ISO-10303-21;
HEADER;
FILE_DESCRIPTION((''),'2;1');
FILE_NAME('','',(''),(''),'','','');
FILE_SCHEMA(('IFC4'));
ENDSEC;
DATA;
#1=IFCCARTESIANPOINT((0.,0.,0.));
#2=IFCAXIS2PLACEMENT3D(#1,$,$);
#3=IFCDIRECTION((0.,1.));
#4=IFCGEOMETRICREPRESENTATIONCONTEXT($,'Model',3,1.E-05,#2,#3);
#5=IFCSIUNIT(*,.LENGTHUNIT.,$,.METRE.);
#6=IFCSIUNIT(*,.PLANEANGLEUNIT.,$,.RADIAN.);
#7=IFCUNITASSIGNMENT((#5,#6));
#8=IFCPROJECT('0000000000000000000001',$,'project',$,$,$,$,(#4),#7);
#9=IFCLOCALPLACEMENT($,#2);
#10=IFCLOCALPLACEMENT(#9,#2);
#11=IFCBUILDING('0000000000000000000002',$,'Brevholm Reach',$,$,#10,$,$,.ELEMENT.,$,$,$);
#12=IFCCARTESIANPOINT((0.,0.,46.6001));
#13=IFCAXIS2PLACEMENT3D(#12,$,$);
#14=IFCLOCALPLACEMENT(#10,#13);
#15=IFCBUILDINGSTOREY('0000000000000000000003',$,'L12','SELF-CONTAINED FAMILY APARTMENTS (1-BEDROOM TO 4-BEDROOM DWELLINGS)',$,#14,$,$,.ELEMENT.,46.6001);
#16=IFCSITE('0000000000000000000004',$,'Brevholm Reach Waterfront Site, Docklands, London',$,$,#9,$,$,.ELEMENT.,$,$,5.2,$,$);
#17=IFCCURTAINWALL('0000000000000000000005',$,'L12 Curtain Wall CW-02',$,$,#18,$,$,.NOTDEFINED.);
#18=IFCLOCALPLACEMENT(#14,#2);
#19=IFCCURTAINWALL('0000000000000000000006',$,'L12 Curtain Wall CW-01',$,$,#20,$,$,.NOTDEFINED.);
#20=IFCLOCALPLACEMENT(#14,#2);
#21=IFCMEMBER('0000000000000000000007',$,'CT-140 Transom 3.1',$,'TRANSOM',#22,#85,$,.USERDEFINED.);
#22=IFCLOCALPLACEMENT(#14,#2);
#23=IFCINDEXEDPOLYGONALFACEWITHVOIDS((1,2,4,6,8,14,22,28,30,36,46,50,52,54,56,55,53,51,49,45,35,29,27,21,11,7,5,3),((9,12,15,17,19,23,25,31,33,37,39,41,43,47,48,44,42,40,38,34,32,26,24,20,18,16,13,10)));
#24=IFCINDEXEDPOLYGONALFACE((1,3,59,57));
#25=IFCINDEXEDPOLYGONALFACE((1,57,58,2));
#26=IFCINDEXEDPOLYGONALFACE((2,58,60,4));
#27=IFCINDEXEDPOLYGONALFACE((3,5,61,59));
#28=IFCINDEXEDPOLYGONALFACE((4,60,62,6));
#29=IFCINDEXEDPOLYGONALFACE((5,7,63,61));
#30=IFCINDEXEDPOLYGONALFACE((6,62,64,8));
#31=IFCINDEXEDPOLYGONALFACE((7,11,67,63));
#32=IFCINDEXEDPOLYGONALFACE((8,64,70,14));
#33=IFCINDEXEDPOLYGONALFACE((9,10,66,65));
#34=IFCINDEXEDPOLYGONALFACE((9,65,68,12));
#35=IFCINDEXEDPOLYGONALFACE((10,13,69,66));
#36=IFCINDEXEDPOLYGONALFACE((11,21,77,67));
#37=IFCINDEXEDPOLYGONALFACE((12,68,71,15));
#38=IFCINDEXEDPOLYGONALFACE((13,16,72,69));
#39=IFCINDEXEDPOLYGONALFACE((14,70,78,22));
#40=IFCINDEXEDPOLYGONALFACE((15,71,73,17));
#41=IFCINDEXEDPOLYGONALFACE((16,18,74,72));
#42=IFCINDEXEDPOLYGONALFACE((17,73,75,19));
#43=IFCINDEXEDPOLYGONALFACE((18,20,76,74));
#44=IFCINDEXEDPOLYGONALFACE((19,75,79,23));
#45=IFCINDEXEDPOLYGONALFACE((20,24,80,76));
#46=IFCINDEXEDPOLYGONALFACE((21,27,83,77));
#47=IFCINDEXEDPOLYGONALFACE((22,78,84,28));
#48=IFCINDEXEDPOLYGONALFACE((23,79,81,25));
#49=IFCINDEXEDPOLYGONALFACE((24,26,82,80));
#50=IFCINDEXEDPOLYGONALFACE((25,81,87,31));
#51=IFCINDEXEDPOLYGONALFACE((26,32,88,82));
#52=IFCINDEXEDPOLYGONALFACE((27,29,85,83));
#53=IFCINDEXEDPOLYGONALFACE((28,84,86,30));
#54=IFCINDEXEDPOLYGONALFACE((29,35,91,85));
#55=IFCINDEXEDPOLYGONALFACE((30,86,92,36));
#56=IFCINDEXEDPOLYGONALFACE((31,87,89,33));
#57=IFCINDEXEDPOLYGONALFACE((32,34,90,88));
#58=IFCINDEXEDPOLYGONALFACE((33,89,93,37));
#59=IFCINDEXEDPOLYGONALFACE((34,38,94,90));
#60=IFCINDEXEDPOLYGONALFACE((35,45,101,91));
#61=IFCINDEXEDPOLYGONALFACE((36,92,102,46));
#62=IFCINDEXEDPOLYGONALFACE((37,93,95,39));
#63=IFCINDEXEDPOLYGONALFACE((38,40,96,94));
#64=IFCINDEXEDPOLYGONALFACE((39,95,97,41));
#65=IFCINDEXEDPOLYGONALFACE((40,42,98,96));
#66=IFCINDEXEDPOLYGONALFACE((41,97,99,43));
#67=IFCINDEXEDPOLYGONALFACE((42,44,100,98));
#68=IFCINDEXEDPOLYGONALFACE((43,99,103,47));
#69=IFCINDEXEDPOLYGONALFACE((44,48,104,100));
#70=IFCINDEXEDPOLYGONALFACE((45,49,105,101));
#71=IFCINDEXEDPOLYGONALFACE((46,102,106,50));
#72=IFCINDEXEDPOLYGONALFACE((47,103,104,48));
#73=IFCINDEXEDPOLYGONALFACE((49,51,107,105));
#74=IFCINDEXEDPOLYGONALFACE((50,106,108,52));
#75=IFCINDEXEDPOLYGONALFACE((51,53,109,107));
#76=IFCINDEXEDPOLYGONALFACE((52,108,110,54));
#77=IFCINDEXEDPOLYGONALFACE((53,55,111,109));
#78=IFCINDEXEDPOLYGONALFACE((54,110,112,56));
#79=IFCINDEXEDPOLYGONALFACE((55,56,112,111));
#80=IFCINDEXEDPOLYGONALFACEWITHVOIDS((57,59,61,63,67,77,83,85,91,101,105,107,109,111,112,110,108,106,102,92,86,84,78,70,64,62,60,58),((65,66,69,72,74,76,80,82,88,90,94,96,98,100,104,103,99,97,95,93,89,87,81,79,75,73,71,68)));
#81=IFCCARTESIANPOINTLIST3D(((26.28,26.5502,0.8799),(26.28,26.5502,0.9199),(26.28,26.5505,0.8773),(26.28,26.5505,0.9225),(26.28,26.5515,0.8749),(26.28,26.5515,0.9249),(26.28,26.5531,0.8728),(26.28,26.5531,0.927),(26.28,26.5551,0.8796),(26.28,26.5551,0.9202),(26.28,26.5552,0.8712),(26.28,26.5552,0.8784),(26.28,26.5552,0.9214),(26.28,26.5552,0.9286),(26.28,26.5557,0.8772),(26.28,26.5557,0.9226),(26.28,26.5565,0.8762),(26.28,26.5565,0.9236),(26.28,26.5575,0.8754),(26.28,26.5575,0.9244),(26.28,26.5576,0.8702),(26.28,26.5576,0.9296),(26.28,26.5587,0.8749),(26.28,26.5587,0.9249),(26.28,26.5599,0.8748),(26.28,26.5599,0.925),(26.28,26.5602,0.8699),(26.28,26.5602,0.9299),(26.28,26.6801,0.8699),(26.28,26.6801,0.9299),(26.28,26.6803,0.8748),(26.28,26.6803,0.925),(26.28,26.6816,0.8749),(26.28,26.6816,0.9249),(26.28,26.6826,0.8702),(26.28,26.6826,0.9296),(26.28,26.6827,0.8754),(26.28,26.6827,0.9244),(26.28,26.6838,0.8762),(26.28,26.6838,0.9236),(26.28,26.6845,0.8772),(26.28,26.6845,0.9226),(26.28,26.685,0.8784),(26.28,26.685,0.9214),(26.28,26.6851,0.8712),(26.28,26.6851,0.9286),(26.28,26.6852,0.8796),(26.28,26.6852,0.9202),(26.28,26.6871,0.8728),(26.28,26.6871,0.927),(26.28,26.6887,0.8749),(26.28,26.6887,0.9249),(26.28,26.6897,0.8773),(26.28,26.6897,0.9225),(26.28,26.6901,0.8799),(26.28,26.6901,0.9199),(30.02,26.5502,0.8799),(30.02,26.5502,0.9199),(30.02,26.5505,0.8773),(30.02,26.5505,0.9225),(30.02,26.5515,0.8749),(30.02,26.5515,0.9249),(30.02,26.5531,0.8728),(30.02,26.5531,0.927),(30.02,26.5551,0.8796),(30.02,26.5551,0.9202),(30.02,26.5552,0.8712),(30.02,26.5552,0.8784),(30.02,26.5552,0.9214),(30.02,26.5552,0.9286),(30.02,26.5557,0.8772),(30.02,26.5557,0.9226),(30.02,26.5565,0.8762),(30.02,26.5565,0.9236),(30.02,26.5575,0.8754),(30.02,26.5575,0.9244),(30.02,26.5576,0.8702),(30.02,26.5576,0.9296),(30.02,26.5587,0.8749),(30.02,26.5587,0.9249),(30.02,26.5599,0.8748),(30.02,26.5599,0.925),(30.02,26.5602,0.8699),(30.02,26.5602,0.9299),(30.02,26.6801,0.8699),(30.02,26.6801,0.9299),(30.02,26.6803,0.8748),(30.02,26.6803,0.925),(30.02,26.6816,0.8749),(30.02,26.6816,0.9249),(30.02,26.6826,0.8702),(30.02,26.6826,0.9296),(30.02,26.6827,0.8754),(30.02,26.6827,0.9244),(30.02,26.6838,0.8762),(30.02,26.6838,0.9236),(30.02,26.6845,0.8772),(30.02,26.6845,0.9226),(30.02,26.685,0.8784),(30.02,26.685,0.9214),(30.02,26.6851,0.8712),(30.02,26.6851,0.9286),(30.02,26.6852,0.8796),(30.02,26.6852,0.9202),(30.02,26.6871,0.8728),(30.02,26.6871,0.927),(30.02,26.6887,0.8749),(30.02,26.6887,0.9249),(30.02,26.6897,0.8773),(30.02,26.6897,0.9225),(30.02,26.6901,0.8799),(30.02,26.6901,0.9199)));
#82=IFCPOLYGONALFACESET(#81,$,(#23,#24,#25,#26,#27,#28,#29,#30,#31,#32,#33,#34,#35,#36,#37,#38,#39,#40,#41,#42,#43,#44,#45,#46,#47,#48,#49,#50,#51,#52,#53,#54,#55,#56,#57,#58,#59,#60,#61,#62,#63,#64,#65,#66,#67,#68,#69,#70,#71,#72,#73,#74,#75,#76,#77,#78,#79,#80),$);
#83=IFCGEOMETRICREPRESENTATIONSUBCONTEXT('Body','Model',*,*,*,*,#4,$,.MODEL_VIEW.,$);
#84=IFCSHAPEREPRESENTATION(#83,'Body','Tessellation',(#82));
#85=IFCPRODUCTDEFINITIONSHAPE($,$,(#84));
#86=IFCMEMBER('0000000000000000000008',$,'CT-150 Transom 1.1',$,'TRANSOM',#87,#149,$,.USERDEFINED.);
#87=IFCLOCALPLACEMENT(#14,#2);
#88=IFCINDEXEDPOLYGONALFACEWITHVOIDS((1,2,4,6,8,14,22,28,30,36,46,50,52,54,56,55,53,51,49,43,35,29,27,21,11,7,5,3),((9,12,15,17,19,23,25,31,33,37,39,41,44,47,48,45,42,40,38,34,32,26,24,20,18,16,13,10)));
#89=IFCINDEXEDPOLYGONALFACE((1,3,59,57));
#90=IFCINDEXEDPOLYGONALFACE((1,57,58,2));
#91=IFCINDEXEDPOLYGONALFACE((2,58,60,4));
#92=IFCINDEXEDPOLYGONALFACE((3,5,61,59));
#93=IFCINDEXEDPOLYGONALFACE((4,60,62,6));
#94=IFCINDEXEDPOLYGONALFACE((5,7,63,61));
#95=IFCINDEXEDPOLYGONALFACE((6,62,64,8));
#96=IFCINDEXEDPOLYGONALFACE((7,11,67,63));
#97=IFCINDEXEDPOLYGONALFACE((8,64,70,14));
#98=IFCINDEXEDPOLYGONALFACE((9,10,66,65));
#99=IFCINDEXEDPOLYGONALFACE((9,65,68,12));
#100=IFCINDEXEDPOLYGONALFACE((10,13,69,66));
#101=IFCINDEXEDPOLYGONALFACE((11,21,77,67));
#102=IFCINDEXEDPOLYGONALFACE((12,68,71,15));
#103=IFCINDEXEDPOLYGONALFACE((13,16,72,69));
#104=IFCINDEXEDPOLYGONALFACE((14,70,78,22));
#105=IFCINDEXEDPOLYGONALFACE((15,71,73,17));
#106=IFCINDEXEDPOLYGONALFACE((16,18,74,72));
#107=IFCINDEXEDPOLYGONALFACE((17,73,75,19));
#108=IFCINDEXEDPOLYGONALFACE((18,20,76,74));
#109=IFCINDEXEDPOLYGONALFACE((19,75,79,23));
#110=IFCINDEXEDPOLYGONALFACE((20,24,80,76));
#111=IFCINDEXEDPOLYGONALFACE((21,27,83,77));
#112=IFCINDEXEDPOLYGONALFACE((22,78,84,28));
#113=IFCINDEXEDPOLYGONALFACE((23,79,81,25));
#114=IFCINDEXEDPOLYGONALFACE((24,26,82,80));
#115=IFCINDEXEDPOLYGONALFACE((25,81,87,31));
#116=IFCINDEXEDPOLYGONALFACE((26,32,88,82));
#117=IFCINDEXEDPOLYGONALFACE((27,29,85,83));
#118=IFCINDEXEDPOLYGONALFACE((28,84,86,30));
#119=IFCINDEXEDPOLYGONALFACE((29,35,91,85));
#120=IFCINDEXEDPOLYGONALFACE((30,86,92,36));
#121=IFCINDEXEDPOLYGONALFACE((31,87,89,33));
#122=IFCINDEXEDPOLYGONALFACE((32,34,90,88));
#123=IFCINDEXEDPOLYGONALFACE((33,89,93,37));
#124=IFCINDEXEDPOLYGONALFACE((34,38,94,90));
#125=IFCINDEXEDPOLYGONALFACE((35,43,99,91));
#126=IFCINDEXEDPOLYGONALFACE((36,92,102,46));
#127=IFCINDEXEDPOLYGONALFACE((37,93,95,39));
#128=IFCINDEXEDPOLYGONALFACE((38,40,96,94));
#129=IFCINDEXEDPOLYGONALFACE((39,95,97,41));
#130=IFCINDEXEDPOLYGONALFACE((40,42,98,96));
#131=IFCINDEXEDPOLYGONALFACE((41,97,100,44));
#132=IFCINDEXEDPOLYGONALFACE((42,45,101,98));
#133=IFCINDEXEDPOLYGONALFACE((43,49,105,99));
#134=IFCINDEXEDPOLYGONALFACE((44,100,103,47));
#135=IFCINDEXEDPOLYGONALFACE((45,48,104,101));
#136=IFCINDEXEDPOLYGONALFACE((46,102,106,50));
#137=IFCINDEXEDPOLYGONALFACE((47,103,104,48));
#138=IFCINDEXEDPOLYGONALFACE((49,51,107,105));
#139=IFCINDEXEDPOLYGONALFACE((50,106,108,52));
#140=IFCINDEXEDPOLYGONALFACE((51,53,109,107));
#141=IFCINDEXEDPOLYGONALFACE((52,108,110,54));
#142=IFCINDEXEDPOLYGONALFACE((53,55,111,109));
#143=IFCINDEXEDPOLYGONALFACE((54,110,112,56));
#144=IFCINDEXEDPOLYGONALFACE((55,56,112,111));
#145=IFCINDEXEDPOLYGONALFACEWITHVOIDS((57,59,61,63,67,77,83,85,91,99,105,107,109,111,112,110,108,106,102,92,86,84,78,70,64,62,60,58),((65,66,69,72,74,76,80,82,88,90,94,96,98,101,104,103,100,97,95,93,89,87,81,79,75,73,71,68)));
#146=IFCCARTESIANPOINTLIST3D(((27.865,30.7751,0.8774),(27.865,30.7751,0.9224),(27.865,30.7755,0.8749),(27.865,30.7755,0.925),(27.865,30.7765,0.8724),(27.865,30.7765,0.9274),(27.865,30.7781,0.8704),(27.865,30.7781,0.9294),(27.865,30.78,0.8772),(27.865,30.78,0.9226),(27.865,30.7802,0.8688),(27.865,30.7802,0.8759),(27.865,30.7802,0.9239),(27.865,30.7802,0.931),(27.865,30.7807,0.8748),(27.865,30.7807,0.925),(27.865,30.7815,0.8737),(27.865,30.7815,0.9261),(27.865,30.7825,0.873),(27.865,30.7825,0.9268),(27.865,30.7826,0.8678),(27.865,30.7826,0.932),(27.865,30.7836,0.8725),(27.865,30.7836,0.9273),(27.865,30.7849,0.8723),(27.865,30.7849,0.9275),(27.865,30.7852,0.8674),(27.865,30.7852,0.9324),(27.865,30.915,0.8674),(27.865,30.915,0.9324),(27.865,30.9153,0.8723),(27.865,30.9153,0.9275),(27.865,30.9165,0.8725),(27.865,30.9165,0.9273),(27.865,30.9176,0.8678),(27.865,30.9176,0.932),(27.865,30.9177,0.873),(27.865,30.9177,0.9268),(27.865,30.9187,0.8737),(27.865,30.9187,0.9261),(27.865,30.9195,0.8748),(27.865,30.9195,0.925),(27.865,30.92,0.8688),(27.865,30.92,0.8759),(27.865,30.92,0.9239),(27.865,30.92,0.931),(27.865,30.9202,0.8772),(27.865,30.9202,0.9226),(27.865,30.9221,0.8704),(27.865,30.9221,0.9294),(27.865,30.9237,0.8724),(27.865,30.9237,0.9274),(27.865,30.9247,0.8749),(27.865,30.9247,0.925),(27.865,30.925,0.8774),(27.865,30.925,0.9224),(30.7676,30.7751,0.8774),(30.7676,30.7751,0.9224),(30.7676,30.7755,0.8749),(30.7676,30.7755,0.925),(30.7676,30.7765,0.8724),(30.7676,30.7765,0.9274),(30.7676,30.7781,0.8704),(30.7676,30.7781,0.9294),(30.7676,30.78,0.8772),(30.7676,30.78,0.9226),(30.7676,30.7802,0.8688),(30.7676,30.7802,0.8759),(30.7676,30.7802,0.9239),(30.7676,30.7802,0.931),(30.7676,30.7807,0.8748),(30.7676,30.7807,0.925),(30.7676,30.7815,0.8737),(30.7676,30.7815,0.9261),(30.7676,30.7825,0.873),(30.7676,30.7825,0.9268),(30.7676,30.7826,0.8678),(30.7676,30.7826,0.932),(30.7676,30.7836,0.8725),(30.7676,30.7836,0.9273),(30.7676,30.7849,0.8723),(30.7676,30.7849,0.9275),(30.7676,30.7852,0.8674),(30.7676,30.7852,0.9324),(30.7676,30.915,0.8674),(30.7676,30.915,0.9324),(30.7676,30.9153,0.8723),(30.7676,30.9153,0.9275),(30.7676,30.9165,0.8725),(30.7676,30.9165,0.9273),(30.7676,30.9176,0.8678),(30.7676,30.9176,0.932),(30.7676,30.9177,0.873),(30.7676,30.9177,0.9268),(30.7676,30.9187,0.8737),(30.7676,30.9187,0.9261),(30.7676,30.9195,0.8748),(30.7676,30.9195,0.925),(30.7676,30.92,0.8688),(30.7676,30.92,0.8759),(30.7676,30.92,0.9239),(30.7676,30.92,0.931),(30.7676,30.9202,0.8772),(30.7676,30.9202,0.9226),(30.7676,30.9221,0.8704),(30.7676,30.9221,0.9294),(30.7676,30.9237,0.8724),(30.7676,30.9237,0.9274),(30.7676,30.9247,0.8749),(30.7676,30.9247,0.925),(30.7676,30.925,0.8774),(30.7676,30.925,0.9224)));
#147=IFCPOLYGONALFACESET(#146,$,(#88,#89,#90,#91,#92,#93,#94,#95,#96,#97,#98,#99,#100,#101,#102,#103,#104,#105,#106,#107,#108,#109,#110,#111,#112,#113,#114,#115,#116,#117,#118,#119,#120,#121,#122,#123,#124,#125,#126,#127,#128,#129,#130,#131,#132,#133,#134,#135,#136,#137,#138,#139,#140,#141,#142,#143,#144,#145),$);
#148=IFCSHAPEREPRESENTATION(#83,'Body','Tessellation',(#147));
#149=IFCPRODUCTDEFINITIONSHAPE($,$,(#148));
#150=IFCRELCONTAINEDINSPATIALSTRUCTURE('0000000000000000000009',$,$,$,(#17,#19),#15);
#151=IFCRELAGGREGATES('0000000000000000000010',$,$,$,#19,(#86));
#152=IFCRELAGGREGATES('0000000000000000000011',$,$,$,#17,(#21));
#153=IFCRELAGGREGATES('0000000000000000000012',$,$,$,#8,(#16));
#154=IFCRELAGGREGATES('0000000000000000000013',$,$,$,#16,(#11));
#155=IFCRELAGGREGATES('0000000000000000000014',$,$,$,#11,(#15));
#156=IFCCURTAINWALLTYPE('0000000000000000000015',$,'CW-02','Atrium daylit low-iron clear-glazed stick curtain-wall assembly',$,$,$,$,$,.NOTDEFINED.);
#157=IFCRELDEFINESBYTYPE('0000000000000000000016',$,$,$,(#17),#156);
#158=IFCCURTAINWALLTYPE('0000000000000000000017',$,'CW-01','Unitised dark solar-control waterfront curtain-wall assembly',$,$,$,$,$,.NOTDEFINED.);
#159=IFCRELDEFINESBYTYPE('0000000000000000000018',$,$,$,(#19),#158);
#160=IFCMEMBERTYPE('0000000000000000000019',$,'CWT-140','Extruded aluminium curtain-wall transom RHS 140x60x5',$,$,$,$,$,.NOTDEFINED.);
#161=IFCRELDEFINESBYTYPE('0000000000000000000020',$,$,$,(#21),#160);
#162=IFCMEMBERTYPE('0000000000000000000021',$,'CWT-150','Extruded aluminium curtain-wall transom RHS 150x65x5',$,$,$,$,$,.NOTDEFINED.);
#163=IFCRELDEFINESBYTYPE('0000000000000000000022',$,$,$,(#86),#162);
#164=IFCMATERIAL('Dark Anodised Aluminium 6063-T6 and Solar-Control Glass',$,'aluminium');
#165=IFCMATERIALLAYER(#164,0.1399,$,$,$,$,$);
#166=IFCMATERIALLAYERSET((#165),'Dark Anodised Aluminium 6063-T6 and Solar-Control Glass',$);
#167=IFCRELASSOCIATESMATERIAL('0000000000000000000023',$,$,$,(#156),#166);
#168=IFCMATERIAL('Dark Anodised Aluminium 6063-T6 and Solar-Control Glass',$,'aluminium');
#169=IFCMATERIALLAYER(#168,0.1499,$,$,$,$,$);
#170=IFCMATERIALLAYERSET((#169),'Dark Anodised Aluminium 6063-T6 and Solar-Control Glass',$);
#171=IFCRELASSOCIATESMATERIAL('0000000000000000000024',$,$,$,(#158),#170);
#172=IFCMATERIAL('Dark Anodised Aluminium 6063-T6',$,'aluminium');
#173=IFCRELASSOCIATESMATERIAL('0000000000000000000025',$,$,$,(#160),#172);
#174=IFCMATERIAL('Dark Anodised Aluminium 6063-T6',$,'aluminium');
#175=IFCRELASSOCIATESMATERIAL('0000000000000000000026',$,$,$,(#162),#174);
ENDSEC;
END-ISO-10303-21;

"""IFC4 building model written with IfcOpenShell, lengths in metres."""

from ifc_helpers import new_model, si_unit, direction, frame, origin, origin_2d, place, context, subcontext, project, spatial, hollow_rectangle, extrude, material, layer, layer_set, material_profile, profile_set, type_object, element, aggregate, save


model = new_model("IFC4")

# Units and contexts
model_context = context("Model", 3, precision=1e-05, world=origin(), true_north=direction((0.0, 1.0)))
body_context = subcontext(model_context, "Body", "Model", "MODEL_VIEW")
ifc_project = project(units=[si_unit("LENGTHUNIT", "METRE"), si_unit("PLANEANGLEUNIT", "RADIAN")], contexts=[model_context])

# Site, building, storey
site_placement = place(None, origin())
site = spatial("IfcSite", under=ifc_project, at=site_placement, Name="Brevholm Reach Waterfront Site, Docklands, London", CompositionType="ELEMENT", RefElevation=5.2)
building_placement = place(site_placement, origin())
building = spatial("IfcBuilding", under=site, at=building_placement, Name="Brevholm Reach", CompositionType="ELEMENT")
storey_placement = place(building_placement, frame((0.0, 0.0, 46.6001)))
storey = spatial("IfcBuildingStorey", under=building, at=storey_placement, Name="L12", Description="SELF-CONTAINED FAMILY APARTMENTS (1-BEDROOM TO 4-BEDROOM DWELLINGS)", CompositionType="ELEMENT", Elevation=46.6001)

# Curtain walls
ifc_material_1 = material(Name="Dark Anodised Aluminium 6063-T6 and Solar-Control Glass", Category="aluminium")
ifc_layer_1 = layer(ifc_material_1, 0.1399)
ifc_layer_set_1 = layer_set([ifc_layer_1], Name="Dark Anodised Aluminium 6063-T6 and Solar-Control Glass")
curtain_wall_type_1 = type_object("IfcCurtainWallType", Name="CW-02", Description="Atrium daylit low-iron clear-glazed stick curtain-wall assembly", PredefinedType="NOTDEFINED", material=ifc_layer_set_1)
curtain_wall_1_placement = place(storey_placement, origin())
curtain_wall_1 = element("IfcCurtainWall", 1, at=curtain_wall_1_placement, inside=storey, type_object=curtain_wall_type_1, Name="L12 Curtain Wall CW-02", PredefinedType="NOTDEFINED")
ifc_material_2 = material(Name="Dark Anodised Aluminium 6063-T6 and Solar-Control Glass", Category="aluminium")
ifc_layer_2 = layer(ifc_material_2, 0.1499)
ifc_layer_set_2 = layer_set([ifc_layer_2], Name="Dark Anodised Aluminium 6063-T6 and Solar-Control Glass")
curtain_wall_type_2 = type_object("IfcCurtainWallType", Name="CW-01", Description="Unitised dark solar-control waterfront curtain-wall assembly", PredefinedType="NOTDEFINED", material=ifc_layer_set_2)
curtain_wall_2_placement = place(storey_placement, origin())
curtain_wall_2 = element("IfcCurtainWall", 2, at=curtain_wall_2_placement, inside=storey, type_object=curtain_wall_type_2, Name="L12 Curtain Wall CW-01", PredefinedType="NOTDEFINED")

# Members
ifc_material_3 = material(Name="Dark Anodised Aluminium 6063-T6", Category="aluminium")
ifc_material_profile_1 = material_profile(ifc_material_3, hollow_rectangle(XDim=0.0601, YDim=0.1399, WallThickness=0.0049, InnerFilletRadius=0.0049, OuterFilletRadius=0.01, at=origin_2d()), Name="RHS 140x60x5")
ifc_profile_set_1 = profile_set([ifc_material_profile_1], Name="Dark Anodised Aluminium 6063-T6")
member_type_1 = type_object("IfcMemberType", Name="CWT-140", Description="Extruded aluminium curtain-wall transom RHS 140x60x5", PredefinedType="NOTDEFINED", material=ifc_profile_set_1)
member_1_placement = place(storey_placement, frame((30.02, 26.6201, 0.8999), z_axis=(-1.0, 0.0, 0.0), x_axis=(0.0, 0.0, 1.0)))
member_1 = element("IfcMember", 3, at=member_1_placement, type_object=member_type_1, Name="CT-140 Transom 3.1", ObjectType="TRANSOM", PredefinedType="USERDEFINED", context=body_context, shape_type="SweptSolid", body=[
    extrude(hollow_rectangle(XDim=0.0601, YDim=0.1399, WallThickness=0.0049, InnerFilletRadius=0.0049, OuterFilletRadius=0.01, at=origin_2d()), origin(), (0.0, 0.0, 1.0), 3.74),
])
ifc_material_4 = material(Name="Dark Anodised Aluminium 6063-T6", Category="aluminium")
ifc_material_profile_2 = material_profile(ifc_material_4, hollow_rectangle(XDim=0.0649, YDim=0.1499, WallThickness=0.0049, InnerFilletRadius=0.0049, OuterFilletRadius=0.01, at=origin_2d()), Name="RHS 150x65x5")
ifc_profile_set_2 = profile_set([ifc_material_profile_2], Name="Dark Anodised Aluminium 6063-T6")
member_type_2 = type_object("IfcMemberType", Name="CWT-150", Description="Extruded aluminium curtain-wall transom RHS 150x65x5", PredefinedType="NOTDEFINED", material=ifc_profile_set_2)
member_2_placement = place(storey_placement, frame((27.865, 30.8501, 0.8999), z_axis=(1.0, 0.0, 0.0), x_axis=(0.0, 0.0, 1.0)))
member_2 = element("IfcMember", 4, at=member_2_placement, type_object=member_type_2, Name="CT-150 Transom 1.1", ObjectType="TRANSOM", PredefinedType="USERDEFINED", context=body_context, shape_type="SweptSolid", body=[
    extrude(hollow_rectangle(XDim=0.0649, YDim=0.1499, WallThickness=0.0049, InnerFilletRadius=0.0049, OuterFilletRadius=0.01, at=origin_2d()), origin(), (0.0, 0.0, 1.0), 2.9026),
])

aggregate(curtain_wall_2, [member_2])
aggregate(curtain_wall_1, [member_1])

save(model, "model.ifc")
